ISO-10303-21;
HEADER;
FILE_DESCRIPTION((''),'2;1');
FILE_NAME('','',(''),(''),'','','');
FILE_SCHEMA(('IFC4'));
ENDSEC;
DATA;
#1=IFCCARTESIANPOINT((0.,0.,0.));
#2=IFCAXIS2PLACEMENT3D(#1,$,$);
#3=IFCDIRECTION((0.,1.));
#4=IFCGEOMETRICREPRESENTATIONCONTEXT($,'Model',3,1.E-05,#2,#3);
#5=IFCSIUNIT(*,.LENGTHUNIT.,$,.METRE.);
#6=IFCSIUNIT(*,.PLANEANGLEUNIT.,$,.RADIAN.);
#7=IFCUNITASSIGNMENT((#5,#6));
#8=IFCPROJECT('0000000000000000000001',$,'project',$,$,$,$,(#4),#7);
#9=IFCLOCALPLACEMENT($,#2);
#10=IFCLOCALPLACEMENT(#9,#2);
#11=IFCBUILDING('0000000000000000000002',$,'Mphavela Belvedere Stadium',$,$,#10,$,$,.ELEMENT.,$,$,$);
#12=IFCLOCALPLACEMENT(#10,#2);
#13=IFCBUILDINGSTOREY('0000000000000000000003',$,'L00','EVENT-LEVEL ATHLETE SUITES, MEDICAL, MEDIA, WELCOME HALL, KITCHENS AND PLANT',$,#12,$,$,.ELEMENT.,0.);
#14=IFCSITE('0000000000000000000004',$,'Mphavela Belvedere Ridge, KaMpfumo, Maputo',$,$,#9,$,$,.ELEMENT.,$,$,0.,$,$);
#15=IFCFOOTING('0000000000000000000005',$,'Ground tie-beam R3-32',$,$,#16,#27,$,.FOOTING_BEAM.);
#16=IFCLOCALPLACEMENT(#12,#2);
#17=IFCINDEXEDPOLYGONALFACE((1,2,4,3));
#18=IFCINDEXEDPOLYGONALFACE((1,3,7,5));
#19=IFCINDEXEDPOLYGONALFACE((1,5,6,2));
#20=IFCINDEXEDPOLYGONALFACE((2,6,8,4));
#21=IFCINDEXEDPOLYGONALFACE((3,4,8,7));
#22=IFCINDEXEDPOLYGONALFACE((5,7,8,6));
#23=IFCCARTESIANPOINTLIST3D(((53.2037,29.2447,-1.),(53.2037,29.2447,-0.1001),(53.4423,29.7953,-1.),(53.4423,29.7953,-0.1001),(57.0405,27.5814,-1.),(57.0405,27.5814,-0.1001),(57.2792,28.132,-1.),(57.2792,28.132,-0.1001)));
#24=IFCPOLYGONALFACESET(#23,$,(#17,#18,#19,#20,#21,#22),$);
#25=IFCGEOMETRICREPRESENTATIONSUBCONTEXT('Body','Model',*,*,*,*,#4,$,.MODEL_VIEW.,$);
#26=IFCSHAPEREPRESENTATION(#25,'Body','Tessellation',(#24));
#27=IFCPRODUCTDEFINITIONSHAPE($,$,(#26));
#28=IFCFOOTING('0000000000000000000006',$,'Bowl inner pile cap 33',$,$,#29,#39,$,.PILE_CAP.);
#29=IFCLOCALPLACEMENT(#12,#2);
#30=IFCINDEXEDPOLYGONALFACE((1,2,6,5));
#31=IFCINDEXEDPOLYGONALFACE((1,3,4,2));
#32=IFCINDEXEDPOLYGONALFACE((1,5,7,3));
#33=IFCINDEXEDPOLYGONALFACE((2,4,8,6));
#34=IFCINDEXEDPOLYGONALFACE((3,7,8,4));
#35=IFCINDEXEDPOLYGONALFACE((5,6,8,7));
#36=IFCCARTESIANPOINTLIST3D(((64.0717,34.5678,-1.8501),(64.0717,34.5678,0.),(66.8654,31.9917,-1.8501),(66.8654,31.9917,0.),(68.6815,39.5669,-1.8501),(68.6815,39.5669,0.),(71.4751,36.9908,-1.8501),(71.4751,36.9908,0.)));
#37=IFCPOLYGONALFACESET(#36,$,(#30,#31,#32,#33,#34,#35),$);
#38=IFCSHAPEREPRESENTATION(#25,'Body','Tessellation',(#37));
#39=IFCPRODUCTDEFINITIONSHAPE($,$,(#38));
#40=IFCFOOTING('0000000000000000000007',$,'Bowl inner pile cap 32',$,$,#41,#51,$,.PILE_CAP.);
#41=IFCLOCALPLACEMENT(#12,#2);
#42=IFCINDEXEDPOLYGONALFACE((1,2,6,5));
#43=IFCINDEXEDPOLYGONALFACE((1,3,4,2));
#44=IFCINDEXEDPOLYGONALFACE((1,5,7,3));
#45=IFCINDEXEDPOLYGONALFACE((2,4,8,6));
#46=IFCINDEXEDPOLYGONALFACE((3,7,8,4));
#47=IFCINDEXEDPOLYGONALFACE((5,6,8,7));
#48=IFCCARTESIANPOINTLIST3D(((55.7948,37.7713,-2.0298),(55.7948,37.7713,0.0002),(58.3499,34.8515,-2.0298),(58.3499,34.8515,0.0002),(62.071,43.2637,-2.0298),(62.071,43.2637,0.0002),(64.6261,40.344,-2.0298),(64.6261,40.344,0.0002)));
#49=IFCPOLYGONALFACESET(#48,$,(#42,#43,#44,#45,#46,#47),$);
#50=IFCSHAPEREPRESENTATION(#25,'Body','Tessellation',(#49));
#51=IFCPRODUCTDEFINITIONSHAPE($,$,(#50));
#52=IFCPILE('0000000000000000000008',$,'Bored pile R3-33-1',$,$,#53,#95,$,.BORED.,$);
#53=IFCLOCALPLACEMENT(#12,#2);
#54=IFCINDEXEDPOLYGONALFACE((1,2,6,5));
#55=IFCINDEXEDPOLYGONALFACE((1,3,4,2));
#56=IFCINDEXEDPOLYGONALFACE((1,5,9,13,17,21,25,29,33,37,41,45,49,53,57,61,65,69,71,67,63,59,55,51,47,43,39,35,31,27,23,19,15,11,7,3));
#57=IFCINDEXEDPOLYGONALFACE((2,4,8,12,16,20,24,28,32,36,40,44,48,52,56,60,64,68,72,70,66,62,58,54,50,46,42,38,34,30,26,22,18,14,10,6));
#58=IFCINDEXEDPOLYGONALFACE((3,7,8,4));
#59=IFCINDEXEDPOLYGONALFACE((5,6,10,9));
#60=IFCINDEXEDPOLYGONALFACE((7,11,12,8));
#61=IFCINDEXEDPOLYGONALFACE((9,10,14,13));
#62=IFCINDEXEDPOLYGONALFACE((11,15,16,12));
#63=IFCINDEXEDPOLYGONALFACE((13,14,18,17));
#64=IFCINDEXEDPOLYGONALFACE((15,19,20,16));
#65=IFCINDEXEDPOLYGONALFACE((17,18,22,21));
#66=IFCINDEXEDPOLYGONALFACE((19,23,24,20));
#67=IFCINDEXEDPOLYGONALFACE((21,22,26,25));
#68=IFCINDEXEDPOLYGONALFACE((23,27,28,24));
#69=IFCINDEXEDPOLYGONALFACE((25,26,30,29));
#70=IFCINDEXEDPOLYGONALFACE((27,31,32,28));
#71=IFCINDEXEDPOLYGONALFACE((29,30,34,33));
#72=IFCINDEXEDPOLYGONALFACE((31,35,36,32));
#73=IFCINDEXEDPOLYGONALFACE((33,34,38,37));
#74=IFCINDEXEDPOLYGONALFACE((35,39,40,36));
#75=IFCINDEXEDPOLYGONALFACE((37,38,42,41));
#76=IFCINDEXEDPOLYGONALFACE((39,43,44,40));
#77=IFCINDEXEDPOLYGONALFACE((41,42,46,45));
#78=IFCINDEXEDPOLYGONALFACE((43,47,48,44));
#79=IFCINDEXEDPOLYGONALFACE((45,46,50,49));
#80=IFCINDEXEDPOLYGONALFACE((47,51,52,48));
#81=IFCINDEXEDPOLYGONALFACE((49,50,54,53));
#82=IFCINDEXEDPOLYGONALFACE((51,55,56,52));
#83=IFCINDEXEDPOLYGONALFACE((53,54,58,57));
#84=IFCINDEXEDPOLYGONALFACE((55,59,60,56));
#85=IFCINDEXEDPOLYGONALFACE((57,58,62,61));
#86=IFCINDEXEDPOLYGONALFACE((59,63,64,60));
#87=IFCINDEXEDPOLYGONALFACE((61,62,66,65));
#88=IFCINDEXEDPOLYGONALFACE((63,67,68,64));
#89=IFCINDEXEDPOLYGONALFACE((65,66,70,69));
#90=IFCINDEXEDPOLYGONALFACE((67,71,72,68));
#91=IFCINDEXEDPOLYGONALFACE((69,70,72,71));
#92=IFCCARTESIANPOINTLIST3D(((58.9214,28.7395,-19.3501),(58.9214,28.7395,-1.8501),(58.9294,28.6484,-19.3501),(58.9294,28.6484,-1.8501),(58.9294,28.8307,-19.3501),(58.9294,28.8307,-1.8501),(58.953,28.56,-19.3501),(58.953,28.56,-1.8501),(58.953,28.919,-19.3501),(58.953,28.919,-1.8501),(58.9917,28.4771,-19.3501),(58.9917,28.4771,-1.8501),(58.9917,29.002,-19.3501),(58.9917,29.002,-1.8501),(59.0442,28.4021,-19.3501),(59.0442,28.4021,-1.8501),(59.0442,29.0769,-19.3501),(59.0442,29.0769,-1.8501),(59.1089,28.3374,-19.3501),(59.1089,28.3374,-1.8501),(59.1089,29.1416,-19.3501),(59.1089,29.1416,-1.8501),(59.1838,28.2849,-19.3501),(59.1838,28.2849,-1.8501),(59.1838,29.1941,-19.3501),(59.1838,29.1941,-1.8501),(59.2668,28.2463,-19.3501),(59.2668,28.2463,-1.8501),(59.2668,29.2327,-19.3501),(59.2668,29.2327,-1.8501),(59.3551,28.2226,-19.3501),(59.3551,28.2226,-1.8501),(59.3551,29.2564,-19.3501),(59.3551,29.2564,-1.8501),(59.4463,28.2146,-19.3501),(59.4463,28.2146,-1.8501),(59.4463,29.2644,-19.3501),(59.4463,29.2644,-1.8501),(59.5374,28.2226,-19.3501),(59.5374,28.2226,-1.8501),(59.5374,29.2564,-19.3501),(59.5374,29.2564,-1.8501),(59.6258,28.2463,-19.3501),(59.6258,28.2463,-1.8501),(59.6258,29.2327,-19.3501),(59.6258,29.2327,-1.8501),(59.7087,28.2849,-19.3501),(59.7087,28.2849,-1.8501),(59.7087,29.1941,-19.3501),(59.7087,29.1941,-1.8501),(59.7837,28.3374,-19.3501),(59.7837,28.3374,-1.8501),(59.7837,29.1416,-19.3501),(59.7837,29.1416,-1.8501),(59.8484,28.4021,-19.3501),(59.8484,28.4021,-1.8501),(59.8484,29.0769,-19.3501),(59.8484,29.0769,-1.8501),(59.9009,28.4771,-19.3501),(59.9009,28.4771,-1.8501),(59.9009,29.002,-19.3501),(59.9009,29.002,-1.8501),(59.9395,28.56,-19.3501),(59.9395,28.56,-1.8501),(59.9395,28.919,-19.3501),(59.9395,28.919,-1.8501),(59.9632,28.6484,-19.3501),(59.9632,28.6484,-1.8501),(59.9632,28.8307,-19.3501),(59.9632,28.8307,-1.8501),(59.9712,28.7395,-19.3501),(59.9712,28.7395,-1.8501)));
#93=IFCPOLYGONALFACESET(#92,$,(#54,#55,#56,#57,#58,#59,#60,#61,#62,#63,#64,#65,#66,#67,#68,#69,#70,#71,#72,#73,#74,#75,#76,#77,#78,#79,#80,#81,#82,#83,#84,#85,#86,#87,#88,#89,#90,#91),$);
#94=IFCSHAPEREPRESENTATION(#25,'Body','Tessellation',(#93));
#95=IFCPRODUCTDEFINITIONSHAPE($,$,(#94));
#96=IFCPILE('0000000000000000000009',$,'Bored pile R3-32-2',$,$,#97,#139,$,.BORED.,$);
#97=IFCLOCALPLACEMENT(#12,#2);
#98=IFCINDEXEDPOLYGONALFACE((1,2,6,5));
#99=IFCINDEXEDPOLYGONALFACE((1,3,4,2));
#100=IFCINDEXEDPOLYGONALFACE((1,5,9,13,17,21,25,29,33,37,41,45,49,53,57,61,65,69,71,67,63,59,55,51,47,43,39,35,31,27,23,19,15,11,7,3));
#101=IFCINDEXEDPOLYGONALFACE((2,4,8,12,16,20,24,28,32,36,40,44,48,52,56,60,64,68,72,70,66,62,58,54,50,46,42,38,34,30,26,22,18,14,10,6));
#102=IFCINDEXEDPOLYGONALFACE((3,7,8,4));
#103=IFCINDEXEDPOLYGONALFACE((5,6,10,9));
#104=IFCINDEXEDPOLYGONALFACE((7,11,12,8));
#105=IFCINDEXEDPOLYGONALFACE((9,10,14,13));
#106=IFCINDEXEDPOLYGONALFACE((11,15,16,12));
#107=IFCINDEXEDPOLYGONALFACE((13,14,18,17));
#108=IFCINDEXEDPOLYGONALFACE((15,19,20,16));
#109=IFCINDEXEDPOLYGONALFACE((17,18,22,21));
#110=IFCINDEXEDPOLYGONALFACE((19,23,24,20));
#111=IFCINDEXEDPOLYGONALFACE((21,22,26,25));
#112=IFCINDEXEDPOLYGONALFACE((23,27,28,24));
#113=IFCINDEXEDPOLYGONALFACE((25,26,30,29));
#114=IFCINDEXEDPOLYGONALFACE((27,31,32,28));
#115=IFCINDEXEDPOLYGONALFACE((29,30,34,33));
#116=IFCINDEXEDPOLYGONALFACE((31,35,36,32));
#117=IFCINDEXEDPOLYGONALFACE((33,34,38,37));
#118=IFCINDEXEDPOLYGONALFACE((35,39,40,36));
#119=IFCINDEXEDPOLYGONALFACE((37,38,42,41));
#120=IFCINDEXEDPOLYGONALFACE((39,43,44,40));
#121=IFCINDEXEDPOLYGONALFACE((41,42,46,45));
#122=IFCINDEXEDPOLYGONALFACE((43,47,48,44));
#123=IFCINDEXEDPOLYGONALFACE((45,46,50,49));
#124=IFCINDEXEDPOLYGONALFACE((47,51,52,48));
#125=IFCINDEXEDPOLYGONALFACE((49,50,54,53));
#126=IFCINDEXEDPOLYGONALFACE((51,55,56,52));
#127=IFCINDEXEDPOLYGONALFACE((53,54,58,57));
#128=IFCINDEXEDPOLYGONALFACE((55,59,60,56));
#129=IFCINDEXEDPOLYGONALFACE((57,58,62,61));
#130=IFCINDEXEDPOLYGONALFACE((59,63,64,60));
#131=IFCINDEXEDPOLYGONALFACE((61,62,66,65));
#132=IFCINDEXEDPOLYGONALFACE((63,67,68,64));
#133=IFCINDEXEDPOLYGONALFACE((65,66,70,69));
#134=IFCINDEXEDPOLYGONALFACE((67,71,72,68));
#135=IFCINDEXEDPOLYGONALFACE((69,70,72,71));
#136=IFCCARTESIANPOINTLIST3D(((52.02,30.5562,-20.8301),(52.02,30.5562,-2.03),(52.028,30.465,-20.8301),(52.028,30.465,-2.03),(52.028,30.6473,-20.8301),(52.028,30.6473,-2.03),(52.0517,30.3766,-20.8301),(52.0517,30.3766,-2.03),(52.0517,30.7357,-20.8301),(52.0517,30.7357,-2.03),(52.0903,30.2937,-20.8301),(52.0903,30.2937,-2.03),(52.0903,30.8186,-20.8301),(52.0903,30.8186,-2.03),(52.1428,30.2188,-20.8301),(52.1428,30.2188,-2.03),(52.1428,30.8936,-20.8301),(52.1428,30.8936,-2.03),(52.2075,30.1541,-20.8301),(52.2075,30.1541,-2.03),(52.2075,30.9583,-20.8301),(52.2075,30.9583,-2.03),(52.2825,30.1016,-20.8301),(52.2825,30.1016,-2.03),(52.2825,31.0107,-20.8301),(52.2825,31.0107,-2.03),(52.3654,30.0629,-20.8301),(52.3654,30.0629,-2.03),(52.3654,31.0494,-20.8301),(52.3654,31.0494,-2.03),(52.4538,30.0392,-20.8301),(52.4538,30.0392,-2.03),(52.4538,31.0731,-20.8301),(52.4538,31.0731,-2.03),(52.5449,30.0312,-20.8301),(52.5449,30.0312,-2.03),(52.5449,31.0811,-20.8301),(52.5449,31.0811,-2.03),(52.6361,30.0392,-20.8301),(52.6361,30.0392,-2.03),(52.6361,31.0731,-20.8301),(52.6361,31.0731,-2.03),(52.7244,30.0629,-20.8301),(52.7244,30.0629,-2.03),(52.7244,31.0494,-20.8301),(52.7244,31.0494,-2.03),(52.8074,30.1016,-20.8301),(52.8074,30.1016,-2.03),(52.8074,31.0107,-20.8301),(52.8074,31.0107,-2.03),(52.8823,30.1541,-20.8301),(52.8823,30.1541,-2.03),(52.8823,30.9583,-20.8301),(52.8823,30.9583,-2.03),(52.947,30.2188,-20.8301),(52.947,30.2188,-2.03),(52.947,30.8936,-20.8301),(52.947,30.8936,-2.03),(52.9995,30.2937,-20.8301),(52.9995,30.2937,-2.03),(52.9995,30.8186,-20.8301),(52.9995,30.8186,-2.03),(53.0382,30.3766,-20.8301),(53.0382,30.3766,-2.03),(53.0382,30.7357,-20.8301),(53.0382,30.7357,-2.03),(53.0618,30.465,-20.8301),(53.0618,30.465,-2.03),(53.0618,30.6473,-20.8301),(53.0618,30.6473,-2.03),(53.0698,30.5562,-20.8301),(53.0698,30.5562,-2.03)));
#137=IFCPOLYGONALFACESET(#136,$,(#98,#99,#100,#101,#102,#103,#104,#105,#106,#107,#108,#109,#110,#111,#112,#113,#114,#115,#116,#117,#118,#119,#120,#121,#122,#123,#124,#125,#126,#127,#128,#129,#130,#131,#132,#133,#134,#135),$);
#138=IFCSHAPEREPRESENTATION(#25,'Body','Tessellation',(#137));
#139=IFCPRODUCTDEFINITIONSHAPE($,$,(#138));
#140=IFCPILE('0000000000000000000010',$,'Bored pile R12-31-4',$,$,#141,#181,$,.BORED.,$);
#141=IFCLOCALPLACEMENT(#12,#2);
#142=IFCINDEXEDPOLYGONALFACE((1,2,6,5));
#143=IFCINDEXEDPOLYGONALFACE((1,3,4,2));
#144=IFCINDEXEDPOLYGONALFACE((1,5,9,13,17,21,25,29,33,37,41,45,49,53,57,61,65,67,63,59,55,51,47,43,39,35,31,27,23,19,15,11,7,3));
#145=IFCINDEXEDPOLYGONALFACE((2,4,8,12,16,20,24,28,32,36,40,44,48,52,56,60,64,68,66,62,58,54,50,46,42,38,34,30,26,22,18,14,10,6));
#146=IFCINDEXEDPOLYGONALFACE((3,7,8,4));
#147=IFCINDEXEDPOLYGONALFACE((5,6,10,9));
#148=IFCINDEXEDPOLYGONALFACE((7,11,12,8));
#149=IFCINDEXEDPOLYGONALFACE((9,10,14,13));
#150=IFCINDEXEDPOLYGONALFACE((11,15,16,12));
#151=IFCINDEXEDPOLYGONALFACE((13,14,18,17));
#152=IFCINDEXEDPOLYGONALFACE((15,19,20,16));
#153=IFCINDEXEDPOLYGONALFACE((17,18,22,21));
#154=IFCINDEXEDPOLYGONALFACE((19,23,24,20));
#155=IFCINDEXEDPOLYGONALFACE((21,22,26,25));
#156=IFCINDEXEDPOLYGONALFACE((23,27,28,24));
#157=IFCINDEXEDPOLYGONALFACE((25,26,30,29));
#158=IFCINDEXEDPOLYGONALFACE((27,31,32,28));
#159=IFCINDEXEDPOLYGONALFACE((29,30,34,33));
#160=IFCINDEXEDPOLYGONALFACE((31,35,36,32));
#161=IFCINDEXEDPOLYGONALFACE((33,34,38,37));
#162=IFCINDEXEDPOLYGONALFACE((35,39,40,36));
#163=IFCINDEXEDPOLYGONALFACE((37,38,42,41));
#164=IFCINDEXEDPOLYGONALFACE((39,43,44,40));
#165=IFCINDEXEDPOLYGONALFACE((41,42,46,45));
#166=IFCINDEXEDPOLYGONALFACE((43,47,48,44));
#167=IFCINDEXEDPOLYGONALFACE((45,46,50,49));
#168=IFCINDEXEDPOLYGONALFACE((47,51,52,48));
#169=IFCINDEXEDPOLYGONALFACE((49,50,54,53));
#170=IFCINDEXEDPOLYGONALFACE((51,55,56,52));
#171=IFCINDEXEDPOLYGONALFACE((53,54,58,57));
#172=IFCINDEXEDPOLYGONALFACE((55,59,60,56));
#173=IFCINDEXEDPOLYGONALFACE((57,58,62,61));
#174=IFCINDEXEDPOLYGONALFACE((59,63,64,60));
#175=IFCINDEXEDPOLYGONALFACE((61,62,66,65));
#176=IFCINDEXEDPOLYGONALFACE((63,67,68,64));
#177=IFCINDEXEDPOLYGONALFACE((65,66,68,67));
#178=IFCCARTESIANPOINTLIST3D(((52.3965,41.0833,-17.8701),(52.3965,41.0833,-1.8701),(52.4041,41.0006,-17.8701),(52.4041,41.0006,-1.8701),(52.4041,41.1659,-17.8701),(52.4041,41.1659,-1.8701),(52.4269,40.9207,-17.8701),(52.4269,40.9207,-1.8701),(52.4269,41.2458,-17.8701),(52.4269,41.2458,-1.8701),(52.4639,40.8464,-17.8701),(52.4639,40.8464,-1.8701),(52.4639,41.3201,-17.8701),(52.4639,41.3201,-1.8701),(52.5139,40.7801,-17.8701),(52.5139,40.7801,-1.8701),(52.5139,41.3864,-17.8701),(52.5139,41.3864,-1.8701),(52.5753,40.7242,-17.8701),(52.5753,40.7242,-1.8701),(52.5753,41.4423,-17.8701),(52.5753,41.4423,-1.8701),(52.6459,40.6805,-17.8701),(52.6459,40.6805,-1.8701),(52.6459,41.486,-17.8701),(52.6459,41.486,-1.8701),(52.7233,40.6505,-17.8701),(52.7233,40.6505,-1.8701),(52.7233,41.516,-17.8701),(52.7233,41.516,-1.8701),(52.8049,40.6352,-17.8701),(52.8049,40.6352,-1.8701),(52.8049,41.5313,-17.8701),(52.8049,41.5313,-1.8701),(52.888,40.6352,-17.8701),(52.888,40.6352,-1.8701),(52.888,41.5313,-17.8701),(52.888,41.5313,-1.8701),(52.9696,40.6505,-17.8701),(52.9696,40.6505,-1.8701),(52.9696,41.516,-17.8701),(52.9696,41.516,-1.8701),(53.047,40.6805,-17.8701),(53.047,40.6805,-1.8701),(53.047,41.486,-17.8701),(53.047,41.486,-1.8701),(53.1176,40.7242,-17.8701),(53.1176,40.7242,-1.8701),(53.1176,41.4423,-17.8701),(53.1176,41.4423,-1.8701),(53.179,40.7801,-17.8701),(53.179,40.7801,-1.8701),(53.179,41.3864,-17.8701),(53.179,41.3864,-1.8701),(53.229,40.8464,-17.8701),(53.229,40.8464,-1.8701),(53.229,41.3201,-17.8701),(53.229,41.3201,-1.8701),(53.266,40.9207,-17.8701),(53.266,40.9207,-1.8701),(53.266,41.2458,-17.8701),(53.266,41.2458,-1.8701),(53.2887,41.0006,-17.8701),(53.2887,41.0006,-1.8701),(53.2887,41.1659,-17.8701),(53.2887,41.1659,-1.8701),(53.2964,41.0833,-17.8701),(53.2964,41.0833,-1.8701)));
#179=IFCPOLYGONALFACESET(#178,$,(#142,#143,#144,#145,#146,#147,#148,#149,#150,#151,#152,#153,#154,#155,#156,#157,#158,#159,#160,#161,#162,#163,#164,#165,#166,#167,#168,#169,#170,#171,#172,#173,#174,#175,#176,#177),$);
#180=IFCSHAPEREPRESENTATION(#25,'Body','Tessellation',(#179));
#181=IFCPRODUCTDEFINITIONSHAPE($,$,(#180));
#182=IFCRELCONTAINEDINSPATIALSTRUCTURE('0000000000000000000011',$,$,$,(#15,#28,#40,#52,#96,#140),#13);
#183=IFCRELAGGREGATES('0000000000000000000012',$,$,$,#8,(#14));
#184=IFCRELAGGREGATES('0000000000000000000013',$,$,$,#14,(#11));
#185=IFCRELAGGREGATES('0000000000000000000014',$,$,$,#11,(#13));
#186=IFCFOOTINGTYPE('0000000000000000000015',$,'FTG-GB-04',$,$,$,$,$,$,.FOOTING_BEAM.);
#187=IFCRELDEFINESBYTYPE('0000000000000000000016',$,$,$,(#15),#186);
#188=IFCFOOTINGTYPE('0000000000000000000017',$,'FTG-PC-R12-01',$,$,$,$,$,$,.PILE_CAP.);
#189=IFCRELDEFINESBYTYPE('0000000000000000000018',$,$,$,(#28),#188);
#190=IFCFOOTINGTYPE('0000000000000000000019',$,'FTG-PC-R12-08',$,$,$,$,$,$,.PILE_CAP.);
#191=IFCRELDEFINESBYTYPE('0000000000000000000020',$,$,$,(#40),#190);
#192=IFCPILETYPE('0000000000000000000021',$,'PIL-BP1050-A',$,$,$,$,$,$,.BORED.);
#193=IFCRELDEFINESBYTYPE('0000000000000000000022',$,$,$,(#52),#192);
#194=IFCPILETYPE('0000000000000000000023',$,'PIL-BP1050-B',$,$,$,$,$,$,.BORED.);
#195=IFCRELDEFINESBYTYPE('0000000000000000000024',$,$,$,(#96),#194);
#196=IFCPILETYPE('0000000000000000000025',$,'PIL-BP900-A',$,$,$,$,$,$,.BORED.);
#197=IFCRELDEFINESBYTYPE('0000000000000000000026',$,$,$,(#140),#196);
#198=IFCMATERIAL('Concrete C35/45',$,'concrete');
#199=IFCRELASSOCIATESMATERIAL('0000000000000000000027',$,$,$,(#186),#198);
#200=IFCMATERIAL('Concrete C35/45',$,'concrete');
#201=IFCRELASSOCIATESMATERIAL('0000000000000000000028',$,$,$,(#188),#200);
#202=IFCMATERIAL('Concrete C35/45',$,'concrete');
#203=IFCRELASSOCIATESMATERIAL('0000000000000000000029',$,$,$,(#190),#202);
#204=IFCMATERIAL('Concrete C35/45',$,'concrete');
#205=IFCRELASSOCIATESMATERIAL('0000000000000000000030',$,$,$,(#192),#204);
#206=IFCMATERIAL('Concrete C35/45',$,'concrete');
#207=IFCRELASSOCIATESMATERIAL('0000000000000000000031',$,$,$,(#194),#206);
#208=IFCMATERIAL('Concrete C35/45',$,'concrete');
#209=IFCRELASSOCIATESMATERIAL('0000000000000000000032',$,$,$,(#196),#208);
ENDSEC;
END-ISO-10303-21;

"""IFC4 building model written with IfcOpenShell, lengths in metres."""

from ifc_helpers import new_model, si_unit, direction, frame, origin, origin_2d, place, context, subcontext, project, spatial, rectangle, circle, extrude, material, material_profile, profile_set, type_object, element, save


model = new_model("IFC4")

# Units and contexts
model_context = context("Model", 3, precision=1e-05, world=origin(), true_north=direction((0.0, 1.0)))
body_context = subcontext(model_context, "Body", "Model", "MODEL_VIEW")
ifc_project = project(units=[si_unit("LENGTHUNIT", "METRE"), si_unit("PLANEANGLEUNIT", "RADIAN")], contexts=[model_context])

# Site, building, storey
site_placement = place(None, origin())
site = spatial("IfcSite", under=ifc_project, at=site_placement, Name="Mphavela Belvedere Ridge, KaMpfumo, Maputo", CompositionType="ELEMENT", RefElevation=0.0)
building_placement = place(site_placement, origin())
building = spatial("IfcBuilding", under=site, at=building_placement, Name="Mphavela Belvedere Stadium", CompositionType="ELEMENT")
storey_placement = place(building_placement, origin())
storey = spatial("IfcBuildingStorey", under=building, at=storey_placement, Name="L00", Description="EVENT-LEVEL ATHLETE SUITES, MEDICAL, MEDIA, WELCOME HALL, KITCHENS AND PLANT", CompositionType="ELEMENT", Elevation=0.0)

# Footings
ifc_material_1 = material(Name="Concrete C35/45", Category="concrete")
ifc_material_profile_1 = material_profile(ifc_material_1, rectangle(XDim=0.6001, YDim=0.8999, at=origin_2d()), Name="GB 600x900")
ifc_profile_set_1 = profile_set([ifc_material_profile_1], Name="Concrete C35/45")
footing_type_1 = type_object("IfcFootingType", Name="FTG-GB-04", PredefinedType="FOOTING_BEAM", material=ifc_profile_set_1)
footing_1_placement = place(storey_placement, frame((53.323, 29.52, -0.55), z_axis=(0.917497, -0.397742, 0.0), x_axis=(0.397742, 0.917497, 0.0)))
element("IfcFooting", 1, at=footing_1_placement, inside=storey, type_object=footing_type_1, Name="Ground tie-beam R3-32", PredefinedType="FOOTING_BEAM", context=body_context, shape_type="SweptSolid", body=[
    extrude(rectangle(XDim=0.6001, YDim=0.8999, at=origin_2d()), origin(), (0.0, 0.0, 1.0), 4.1819),
])
ifc_material_2 = material(Name="Concrete C35/45", Category="concrete")
footing_type_2 = type_object("IfcFootingType", Name="FTG-PC-R12-01", PredefinedType="PILE_CAP", material=ifc_material_2)
footing_2_placement = place(storey_placement, frame((67.7734, 35.7793, -1.8501), z_axis=(0.0, 0.0, 1.0), x_axis=(-0.677903, -0.735151, 0.0)))
element("IfcFooting", 2, at=footing_2_placement, inside=storey, type_object=footing_type_2, Name="Bowl inner pile cap 33", PredefinedType="PILE_CAP", context=body_context, shape_type="SweptSolid", body=[
    extrude(rectangle(XDim=6.8, YDim=3.8, at=origin_2d()), origin(), (0.0, 0.0, 1.0), 1.8501),
])
ifc_material_3 = material(Name="Concrete C35/45", Category="concrete")
footing_type_3 = type_object("IfcFootingType", Name="FTG-PC-R12-08", PredefinedType="PILE_CAP", material=ifc_material_3)
footing_3_placement = place(storey_placement, frame((60.2104, 39.0576, -2.0298), z_axis=(0.0, 0.0, 1.0), x_axis=(-0.75253, -0.658558, 0.0)))
element("IfcFooting", 3, at=footing_3_placement, inside=storey, type_object=footing_type_3, Name="Bowl inner pile cap 32", PredefinedType="PILE_CAP", context=body_context, shape_type="SweptSolid", body=[
    extrude(rectangle(XDim=8.3401, YDim=3.8799, at=origin_2d()), origin(), (0.0, 0.0, 1.0), 2.03),
])

# Piles
ifc_material_4 = material(Name="Concrete C35/45", Category="concrete")
ifc_material_profile_2 = material_profile(ifc_material_4, circle(Radius=0.5249, at=origin_2d()), Name="BP D1050")
ifc_profile_set_2 = profile_set([ifc_material_profile_2], Name="Concrete C35/45")
pile_type_1 = type_object("IfcPileType", Name="PIL-BP1050-A", PredefinedType="BORED", material=ifc_profile_set_2)
pile_1_placement = place(storey_placement, frame((59.4463, 28.7395, -1.8501), z_axis=(0.0, 0.0, -1.0), x_axis=(1.0, 0.0, 0.0)))
element("IfcPile", 4, at=pile_1_placement, inside=storey, type_object=pile_type_1, Name="Bored pile R3-33-1", PredefinedType="BORED", context=body_context, shape_type="SweptSolid", body=[
    extrude(circle(Radius=0.5249, at=origin_2d()), origin(), (0.0, 0.0, 1.0), 17.5),
])
ifc_material_5 = material(Name="Concrete C35/45", Category="concrete")
ifc_material_profile_3 = material_profile(ifc_material_5, circle(Radius=0.5249, at=origin_2d()), Name="BP D1050")
ifc_profile_set_3 = profile_set([ifc_material_profile_3], Name="Concrete C35/45")
pile_type_2 = type_object("IfcPileType", Name="PIL-BP1050-B", PredefinedType="BORED", material=ifc_profile_set_3)
pile_2_placement = place(storey_placement, frame((52.5449, 30.5562, -2.03), z_axis=(0.0, 0.0, -1.0), x_axis=(1.0, 0.0, 0.0)))
element("IfcPile", 5, at=pile_2_placement, inside=storey, type_object=pile_type_2, Name="Bored pile R3-32-2", PredefinedType="BORED", context=body_context, shape_type="SweptSolid", body=[
    extrude(circle(Radius=0.5249, at=origin_2d()), origin(), (0.0, 0.0, 1.0), 18.8),
])
ifc_material_6 = material(Name="Concrete C35/45", Category="concrete")
ifc_material_profile_4 = material_profile(ifc_material_6, circle(Radius=0.45, at=origin_2d()), Name="BP D900")
ifc_profile_set_4 = profile_set([ifc_material_profile_4], Name="Concrete C35/45")
pile_type_3 = type_object("IfcPileType", Name="PIL-BP900-A", PredefinedType="BORED", material=ifc_profile_set_4)
for number, where, z_axis, x_axis, name in (
    (6, (52.8464, 41.0833, -1.8701), (0.0, 0.0, -1.0), (1.0, 0.0, 0.0), "Bored pile R12-31-4"),
):
    element("IfcPile", number, at=place(storey_placement, frame(where, z_axis=z_axis, x_axis=x_axis)), inside=storey, type_object=pile_type_3, Name=name, PredefinedType="BORED", context=body_context, shape_type="SweptSolid", body=[
        extrude(circle(Radius=0.45, at=origin_2d()), origin(), (0.0, 0.0, 1.0), 16.0),
    ])

save(model, "model.ifc")
